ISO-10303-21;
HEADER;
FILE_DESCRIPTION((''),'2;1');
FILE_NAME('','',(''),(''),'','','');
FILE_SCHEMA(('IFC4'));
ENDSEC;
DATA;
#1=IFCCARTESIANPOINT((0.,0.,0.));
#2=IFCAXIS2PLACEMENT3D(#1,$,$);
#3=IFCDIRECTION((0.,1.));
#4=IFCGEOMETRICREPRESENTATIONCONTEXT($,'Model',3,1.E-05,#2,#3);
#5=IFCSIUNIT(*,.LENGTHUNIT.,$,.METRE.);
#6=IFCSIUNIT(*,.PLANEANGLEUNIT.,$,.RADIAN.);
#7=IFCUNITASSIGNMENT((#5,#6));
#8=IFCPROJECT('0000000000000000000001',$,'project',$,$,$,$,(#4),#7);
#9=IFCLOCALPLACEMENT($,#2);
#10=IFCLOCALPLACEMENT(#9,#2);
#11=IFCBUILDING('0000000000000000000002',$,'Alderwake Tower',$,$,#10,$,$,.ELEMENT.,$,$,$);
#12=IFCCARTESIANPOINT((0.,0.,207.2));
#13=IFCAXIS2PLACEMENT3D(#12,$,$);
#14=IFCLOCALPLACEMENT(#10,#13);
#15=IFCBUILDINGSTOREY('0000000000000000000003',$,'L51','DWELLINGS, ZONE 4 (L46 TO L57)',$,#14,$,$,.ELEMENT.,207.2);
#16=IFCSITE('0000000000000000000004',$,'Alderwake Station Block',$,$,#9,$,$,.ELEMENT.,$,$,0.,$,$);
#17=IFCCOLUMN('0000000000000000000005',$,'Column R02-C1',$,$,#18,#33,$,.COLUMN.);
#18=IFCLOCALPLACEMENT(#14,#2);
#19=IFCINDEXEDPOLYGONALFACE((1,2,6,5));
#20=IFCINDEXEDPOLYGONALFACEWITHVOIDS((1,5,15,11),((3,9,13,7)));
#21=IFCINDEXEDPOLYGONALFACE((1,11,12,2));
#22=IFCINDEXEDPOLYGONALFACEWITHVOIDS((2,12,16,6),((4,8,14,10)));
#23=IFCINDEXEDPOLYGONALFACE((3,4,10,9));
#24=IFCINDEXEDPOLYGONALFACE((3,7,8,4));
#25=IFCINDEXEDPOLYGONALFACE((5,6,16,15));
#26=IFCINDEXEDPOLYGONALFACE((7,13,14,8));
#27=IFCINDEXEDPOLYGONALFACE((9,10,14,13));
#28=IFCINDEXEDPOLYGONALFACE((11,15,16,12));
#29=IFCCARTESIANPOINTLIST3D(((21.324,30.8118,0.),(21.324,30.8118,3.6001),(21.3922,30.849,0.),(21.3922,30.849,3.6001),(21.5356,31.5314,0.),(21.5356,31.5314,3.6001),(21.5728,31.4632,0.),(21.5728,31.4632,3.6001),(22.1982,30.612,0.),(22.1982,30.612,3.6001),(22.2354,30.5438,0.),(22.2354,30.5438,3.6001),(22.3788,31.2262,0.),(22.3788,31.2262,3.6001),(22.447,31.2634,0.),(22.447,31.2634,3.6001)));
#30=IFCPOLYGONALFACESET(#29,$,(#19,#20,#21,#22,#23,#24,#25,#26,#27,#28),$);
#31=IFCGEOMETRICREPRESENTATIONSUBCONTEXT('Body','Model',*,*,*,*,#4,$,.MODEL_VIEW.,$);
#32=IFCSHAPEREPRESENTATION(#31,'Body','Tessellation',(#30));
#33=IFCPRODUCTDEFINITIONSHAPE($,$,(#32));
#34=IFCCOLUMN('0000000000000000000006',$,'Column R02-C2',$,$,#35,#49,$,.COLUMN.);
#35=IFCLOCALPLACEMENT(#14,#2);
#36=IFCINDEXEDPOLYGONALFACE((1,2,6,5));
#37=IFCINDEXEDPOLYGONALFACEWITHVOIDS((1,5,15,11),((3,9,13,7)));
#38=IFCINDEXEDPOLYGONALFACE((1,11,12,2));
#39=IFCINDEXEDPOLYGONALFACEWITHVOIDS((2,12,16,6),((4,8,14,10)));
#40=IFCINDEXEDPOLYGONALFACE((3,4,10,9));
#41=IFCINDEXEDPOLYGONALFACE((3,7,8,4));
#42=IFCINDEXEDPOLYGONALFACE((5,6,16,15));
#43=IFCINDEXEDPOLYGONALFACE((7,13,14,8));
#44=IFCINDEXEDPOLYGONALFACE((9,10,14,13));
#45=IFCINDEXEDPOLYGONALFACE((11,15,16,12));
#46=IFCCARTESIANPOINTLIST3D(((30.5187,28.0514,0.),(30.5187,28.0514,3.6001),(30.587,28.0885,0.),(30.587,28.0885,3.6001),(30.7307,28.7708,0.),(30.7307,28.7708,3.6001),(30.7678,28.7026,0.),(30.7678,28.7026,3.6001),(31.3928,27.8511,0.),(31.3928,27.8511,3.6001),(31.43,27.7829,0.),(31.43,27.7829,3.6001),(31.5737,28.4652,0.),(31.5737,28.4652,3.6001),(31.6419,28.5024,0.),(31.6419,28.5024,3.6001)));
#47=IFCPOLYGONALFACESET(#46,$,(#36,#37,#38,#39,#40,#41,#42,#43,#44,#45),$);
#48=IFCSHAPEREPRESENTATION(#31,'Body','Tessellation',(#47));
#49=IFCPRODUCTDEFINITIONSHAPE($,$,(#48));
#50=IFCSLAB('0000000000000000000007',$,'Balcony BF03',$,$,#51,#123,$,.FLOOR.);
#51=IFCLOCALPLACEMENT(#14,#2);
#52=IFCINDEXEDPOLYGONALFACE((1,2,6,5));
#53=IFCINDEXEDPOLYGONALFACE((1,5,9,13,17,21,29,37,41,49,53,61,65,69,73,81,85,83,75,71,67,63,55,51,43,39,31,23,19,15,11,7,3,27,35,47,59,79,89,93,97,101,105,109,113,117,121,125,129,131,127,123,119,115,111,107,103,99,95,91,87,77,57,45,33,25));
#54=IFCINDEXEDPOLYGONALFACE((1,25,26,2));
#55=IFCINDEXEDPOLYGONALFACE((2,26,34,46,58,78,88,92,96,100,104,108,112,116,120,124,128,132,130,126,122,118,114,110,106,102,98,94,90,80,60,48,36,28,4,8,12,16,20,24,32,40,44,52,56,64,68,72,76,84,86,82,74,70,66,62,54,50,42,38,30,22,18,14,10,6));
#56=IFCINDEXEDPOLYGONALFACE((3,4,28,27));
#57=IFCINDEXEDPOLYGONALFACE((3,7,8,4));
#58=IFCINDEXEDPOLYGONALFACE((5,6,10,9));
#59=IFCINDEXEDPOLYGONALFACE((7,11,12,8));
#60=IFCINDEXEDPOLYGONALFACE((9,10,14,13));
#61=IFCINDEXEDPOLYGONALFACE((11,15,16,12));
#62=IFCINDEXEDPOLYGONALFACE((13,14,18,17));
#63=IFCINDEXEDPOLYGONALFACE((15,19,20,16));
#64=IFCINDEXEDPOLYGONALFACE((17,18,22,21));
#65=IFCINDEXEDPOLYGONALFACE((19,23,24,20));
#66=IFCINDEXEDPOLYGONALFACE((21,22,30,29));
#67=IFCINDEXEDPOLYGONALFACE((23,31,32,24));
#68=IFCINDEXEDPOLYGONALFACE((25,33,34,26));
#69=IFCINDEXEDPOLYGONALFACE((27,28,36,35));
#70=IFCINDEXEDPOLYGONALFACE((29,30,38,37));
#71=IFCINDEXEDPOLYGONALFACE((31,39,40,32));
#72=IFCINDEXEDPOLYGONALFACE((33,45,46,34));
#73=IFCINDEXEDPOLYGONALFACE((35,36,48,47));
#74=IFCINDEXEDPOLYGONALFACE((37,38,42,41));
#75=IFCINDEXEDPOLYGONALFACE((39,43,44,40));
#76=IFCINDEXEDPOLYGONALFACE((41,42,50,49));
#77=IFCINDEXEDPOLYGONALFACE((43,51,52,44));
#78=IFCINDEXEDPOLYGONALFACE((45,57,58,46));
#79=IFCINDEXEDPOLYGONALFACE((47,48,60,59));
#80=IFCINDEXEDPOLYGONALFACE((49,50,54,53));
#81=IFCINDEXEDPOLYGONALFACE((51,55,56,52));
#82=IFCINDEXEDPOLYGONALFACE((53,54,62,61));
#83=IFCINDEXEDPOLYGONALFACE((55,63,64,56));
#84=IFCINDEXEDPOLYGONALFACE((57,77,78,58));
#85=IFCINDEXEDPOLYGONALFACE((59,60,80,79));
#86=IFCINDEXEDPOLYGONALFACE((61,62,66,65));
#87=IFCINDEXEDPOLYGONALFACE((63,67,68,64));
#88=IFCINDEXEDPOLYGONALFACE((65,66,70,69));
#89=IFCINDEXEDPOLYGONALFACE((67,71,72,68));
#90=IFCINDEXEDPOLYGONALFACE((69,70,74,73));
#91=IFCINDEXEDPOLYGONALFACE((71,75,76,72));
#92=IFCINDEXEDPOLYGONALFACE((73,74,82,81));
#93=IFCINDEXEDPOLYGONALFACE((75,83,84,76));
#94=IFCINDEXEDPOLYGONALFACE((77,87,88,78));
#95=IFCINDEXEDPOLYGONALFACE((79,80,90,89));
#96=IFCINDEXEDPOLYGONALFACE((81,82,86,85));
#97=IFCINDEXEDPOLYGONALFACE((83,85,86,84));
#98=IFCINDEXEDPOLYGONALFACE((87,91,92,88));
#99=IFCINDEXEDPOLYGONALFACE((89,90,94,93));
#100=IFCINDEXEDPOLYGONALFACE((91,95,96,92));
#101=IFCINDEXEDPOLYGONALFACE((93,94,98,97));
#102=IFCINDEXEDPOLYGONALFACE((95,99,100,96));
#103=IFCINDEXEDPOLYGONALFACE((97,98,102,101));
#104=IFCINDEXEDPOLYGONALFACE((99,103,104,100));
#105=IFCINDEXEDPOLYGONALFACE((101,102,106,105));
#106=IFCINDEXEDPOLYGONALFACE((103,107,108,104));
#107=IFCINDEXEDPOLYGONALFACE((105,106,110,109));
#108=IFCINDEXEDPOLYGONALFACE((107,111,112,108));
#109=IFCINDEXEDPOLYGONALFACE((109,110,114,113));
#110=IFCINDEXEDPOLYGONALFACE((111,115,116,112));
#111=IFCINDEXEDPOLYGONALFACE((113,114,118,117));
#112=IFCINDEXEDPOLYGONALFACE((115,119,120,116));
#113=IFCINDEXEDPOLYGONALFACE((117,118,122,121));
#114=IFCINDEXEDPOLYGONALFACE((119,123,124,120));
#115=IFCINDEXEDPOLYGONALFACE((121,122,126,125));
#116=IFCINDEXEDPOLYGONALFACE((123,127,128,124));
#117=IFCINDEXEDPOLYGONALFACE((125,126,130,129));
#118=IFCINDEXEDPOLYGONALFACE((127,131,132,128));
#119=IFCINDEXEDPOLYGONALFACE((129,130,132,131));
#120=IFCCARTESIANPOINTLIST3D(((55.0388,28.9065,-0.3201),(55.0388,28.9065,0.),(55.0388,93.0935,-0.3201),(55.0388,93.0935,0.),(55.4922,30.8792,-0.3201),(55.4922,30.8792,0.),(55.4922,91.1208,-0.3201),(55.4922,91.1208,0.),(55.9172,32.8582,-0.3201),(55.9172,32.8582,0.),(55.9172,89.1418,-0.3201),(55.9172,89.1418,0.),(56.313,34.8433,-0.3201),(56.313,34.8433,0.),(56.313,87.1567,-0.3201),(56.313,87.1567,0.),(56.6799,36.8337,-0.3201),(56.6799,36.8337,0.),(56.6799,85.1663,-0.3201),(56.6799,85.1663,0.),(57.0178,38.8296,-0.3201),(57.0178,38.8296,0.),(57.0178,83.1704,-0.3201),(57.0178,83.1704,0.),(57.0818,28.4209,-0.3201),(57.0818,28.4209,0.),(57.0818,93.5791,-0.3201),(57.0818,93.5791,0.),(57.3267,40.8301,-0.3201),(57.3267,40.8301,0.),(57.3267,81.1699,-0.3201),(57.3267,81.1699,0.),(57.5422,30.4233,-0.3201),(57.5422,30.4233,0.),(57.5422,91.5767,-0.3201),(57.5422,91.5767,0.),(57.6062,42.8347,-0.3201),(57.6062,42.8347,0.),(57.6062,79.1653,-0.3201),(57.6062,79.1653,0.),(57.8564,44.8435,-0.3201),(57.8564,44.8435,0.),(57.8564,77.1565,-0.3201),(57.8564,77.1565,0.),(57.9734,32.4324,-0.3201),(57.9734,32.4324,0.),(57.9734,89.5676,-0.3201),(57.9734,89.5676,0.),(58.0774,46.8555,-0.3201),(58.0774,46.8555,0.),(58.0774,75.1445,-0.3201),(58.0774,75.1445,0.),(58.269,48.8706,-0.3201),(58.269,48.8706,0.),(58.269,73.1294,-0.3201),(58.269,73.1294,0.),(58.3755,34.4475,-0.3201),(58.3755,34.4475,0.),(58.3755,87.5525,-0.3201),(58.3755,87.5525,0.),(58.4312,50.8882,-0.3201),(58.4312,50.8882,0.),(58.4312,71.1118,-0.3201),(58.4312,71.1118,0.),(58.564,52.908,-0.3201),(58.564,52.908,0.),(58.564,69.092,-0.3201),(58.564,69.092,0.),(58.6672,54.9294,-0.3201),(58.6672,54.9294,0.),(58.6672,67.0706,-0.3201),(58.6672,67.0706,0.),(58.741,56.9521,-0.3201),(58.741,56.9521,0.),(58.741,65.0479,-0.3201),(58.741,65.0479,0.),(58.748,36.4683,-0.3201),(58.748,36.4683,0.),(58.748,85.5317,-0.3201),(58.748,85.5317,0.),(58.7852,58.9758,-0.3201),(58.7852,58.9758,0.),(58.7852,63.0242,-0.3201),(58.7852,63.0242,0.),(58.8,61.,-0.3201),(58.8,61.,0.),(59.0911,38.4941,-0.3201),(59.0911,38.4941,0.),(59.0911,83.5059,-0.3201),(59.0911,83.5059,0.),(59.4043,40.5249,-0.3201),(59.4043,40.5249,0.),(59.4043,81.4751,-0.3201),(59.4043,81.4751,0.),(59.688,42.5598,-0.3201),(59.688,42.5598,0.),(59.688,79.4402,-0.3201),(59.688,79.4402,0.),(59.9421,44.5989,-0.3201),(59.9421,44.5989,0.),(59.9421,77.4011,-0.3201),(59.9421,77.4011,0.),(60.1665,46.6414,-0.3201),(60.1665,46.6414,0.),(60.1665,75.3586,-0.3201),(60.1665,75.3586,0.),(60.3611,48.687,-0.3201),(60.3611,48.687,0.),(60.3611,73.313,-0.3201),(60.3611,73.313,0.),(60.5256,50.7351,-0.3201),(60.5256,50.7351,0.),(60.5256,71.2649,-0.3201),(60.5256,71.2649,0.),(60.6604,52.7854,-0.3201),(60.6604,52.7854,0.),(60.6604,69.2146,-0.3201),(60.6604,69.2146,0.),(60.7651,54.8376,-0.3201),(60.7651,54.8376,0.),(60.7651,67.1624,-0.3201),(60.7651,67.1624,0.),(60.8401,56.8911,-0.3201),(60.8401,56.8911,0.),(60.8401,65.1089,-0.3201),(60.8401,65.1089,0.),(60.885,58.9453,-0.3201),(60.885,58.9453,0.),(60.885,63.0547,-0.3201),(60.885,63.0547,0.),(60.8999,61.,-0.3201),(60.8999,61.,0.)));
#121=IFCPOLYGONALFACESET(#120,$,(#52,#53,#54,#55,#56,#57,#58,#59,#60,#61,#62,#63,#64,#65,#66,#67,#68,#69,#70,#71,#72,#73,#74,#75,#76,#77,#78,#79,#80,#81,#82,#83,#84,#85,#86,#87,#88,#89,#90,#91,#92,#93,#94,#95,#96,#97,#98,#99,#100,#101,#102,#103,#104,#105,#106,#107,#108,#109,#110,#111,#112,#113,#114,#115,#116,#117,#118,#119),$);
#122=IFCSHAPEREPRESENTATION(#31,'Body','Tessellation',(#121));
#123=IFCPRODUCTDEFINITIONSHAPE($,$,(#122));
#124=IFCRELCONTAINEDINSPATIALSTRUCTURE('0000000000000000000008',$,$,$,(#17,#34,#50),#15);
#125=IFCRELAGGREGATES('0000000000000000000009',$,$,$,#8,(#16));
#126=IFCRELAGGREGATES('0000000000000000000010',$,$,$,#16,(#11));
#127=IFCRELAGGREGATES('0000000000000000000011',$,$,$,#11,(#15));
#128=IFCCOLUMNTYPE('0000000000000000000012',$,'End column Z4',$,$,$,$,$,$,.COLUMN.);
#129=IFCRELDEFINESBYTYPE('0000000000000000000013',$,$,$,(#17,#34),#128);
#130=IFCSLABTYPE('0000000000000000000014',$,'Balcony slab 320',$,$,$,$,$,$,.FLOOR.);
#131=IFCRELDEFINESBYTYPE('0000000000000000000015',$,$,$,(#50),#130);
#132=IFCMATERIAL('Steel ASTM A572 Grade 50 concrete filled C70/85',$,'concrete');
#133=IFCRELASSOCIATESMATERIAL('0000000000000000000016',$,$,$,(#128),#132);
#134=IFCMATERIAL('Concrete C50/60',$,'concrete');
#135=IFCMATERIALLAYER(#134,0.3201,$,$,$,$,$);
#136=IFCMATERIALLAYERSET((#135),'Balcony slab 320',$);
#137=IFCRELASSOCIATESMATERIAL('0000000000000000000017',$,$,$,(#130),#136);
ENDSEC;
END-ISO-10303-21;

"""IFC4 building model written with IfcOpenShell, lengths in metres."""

from ifc_helpers import new_model, si_unit, direction, frame, origin, origin_2d, place, context, subcontext, project, spatial, polyline, hollow_rectangle, outline, extrude, material, layer, layer_set, material_profile, profile_set, type_object, element, save


model = new_model("IFC4")

# Units and contexts
model_context = context("Model", 3, precision=1e-05, world=origin(), true_north=direction((0.0, 1.0)))
body_context = subcontext(model_context, "Body", "Model", "MODEL_VIEW")
ifc_project = project(units=[si_unit("LENGTHUNIT", "METRE"), si_unit("PLANEANGLEUNIT", "RADIAN")], contexts=[model_context])

# Site, building, storey
site_placement = place(None, origin())
site = spatial("IfcSite", under=ifc_project, at=site_placement, Name="Alderwake Station Block", CompositionType="ELEMENT", RefElevation=0.0)
building_placement = place(site_placement, origin())
building = spatial("IfcBuilding", under=site, at=building_placement, Name="Alderwake Tower", CompositionType="ELEMENT")
storey_placement = place(building_placement, frame((0.0, 0.0, 207.2)))
storey = spatial("IfcBuildingStorey", under=building, at=storey_placement, Name="L51", Description="DWELLINGS, ZONE 4 (L46 TO L57)", CompositionType="ELEMENT", Elevation=207.2)

# Columns
ifc_material_1 = material(Name="Steel ASTM A572 Grade 50 concrete filled C70/85", Category="concrete")
ifc_material_profile_1 = material_profile(ifc_material_1, hollow_rectangle(XDim=0.75, YDim=0.95, WallThickness=0.0549, at=origin_2d()), Name="BOX 950X750X55")
ifc_profile_set_1 = profile_set([ifc_material_profile_1], Name="Steel ASTM A572 Grade 50 concrete filled C70/85")
column_type = type_object("IfcColumnType", Name="End column Z4", PredefinedType="COLUMN", material=ifc_profile_set_1)
for number, where, z_axis, x_axis, name in (
    (1, (21.8855, 31.0376, 0.0), (0.0, 0.0, 1.0), (0.282132, 0.959376, 0.0), "Column R02-C1"),
    (2, (31.0803, 28.2769, 0.0), (0.0, 0.0, 1.0), (0.282583, 0.959243, 0.0), "Column R02-C2"),
):
    element("IfcColumn", number, at=place(storey_placement, frame(where, z_axis=z_axis, x_axis=x_axis)), inside=storey, type_object=column_type, Name=name, PredefinedType="COLUMN", context=body_context, shape_type="SweptSolid", body=[
        extrude(hollow_rectangle(XDim=0.75, YDim=0.95, WallThickness=0.0549, at=origin_2d()), origin(), (0.0, 0.0, 1.0), 3.6001),
    ])

# Slab
ifc_material_2 = material(Name="Concrete C50/60", Category="concrete")
ifc_layer_1 = layer(ifc_material_2, 0.3201)
ifc_layer_set_1 = layer_set([ifc_layer_1], Name="Balcony slab 320")
slab_type_1 = type_object("IfcSlabType", Name="Balcony slab 320", PredefinedType="FLOOR", material=ifc_layer_set_1)
slab_1_placement = place(storey_placement, frame((0.0, 0.0, -0.3201)))
element("IfcSlab", 3, at=slab_1_placement, inside=storey, type_object=slab_type_1, Name="Balcony BF03", PredefinedType="FLOOR", context=body_context, shape_type="SweptSolid", body=[
    extrude(outline(polyline([(57.0818, 28.4209), (57.5422, 30.4233), (57.9734, 32.4324), (58.3755, 34.4475), (58.748, 36.4683), (59.0911, 38.4941), (59.4043, 40.5249), (59.688, 42.5598), (59.9421, 44.5989), (60.1665, 46.6414), (60.3611, 48.687), (60.5256, 50.7351), (60.6604, 52.7854), (60.7651, 54.8376), (60.8401, 56.8911), (60.885, 58.9453), (60.8999, 61.0), (60.885, 63.0547), (60.8401, 65.1089), (60.7651, 67.1624), (60.6604, 69.2146), (60.5256, 71.2649), (60.3611, 73.313), (60.1665, 75.3586), (59.9421, 77.4011), (59.688, 79.4402), (59.4043, 81.4751), (59.0911, 83.5059), (58.748, 85.5317), (58.3755, 87.5525), (57.9734, 89.5676), (57.5422, 91.5767), (57.0818, 93.5791), (55.0388, 93.0935), (55.4922, 91.1208), (55.9172, 89.1418), (56.313, 87.1567), (56.6799, 85.1663), (57.0178, 83.1704), (57.3267, 81.1699), (57.6062, 79.1653), (57.8564, 77.1565), (58.0774, 75.1445), (58.269, 73.1294), (58.4312, 71.1118), (58.564, 69.092), (58.6672, 67.0706), (58.741, 65.0479), (58.7852, 63.0242), (58.8, 61.0), (58.7852, 58.9758), (58.741, 56.9521), (58.6672, 54.9294), (58.564, 52.908), (58.4312, 50.8882), (58.269, 48.8706), (58.0774, 46.8555), (57.8564, 44.8435), (57.6062, 42.8347), (57.3267, 40.8301), (57.0178, 38.8296), (56.6799, 36.8337), (56.313, 34.8433), (55.9172, 32.8582), (55.4922, 30.8792), (55.0388, 28.9065), (57.0818, 28.4209)])), origin(), (0.0, 0.0, 1.0), 0.3201),
])

save(model, "model.ifc")
